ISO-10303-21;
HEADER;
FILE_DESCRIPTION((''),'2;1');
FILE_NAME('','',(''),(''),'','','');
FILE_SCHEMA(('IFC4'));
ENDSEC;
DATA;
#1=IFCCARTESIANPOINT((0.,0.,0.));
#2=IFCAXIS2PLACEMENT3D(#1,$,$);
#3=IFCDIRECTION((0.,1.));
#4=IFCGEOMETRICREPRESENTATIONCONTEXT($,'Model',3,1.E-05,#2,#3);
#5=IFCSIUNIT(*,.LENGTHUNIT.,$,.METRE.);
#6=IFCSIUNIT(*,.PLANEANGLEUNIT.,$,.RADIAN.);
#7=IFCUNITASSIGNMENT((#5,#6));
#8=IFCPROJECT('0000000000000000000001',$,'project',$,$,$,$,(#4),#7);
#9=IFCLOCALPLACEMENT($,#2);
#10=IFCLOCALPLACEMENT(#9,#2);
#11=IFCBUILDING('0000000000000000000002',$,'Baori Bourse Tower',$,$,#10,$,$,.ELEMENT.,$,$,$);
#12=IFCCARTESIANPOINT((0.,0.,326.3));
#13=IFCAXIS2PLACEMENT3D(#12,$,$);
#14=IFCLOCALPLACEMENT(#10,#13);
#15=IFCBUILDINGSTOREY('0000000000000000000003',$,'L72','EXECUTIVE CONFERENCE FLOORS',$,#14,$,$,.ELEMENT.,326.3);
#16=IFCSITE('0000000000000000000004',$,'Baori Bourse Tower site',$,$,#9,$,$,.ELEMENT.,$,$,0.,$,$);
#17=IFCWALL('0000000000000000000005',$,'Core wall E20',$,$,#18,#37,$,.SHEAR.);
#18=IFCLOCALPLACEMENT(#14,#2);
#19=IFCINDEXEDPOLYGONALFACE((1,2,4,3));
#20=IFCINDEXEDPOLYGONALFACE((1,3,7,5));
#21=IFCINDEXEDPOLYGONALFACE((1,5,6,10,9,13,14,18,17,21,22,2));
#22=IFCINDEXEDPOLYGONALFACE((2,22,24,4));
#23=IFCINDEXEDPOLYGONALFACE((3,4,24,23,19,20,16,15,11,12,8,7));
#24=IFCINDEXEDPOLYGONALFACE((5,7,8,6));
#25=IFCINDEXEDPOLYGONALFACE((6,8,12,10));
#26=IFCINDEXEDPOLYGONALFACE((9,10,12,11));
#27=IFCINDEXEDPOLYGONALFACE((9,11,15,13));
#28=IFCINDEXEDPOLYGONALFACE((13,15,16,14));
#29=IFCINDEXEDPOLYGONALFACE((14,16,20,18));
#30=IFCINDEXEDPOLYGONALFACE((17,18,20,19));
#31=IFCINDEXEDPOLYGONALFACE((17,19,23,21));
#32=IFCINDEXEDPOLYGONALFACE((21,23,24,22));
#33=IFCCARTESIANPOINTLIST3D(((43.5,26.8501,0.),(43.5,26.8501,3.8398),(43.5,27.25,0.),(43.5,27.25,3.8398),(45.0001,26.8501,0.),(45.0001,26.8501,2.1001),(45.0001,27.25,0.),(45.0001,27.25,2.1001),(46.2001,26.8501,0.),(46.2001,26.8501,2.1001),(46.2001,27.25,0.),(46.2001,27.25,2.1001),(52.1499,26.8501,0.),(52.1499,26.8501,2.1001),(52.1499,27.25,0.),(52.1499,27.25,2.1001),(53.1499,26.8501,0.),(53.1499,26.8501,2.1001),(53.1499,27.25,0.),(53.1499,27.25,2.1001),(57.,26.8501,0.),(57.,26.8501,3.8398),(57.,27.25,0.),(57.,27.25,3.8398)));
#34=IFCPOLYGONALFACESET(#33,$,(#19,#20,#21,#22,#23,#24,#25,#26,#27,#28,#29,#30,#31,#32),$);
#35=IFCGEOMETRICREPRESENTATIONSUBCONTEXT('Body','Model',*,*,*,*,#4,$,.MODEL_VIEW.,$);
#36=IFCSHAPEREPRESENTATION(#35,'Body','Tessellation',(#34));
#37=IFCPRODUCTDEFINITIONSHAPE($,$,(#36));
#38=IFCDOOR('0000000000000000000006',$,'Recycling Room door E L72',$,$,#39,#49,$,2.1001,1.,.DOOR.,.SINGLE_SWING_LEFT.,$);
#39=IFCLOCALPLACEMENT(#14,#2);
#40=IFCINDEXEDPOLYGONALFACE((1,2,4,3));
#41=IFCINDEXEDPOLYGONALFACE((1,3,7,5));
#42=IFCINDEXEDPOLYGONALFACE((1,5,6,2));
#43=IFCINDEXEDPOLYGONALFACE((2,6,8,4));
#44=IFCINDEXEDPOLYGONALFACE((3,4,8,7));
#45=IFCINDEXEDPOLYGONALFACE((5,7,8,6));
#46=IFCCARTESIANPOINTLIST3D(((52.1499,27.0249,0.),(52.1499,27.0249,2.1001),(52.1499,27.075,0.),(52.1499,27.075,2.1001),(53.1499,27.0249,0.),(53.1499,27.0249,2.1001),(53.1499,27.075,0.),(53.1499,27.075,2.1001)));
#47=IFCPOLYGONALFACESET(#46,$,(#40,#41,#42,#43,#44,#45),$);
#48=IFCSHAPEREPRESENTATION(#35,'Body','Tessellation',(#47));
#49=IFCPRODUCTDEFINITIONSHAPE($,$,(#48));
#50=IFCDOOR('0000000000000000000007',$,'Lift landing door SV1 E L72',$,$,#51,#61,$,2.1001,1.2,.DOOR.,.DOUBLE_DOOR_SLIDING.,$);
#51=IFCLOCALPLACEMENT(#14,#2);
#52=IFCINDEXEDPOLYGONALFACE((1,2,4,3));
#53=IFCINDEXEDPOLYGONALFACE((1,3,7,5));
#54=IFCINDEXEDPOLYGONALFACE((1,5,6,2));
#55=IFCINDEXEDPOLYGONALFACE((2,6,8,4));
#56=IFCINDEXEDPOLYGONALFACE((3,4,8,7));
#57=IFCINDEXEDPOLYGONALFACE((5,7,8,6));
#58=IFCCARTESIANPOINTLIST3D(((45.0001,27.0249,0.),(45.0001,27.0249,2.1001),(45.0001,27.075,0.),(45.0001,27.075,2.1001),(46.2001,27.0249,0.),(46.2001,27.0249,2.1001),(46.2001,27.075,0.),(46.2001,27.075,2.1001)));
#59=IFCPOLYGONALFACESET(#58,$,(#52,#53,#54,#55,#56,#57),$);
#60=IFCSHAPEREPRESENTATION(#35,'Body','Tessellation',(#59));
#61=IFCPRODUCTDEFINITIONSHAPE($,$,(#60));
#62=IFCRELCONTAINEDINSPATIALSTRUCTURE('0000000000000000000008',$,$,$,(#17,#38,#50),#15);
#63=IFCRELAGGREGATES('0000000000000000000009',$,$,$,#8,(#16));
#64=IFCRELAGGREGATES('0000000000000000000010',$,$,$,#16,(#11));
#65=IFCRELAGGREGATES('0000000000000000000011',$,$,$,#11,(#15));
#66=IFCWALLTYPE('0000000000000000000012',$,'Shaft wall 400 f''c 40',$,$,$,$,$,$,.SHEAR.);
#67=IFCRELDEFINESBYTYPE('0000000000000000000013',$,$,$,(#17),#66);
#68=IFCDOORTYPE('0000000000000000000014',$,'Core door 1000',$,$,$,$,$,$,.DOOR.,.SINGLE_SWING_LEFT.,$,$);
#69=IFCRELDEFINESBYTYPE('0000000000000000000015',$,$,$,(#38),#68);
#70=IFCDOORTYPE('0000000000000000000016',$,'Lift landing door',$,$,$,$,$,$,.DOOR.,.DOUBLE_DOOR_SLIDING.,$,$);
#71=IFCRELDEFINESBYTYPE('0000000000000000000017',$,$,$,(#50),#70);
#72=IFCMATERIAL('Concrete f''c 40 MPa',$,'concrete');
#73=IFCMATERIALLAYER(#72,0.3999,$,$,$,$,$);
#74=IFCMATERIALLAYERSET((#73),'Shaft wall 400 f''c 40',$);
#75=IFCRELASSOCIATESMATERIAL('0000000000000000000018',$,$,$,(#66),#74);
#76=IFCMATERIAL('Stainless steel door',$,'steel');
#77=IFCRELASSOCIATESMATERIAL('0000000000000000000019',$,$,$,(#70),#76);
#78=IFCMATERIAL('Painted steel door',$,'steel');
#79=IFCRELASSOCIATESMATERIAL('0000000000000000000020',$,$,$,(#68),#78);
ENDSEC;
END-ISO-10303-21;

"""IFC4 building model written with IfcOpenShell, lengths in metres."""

from ifc_helpers import new_model, si_unit, direction, frame, frame_2d, origin, place, context, subcontext, project, spatial, rectangle, extrude, material, layer, layer_set, type_object, element, fill, save


model = new_model("IFC4")

# Units and contexts
model_context = context("Model", 3, precision=1e-05, world=origin(), true_north=direction((0.0, 1.0)))
body_context = subcontext(model_context, "Body", "Model", "MODEL_VIEW")
ifc_project = project(units=[si_unit("LENGTHUNIT", "METRE"), si_unit("PLANEANGLEUNIT", "RADIAN")], contexts=[model_context])

# Site, building, storey
site_placement = place(None, origin())
site = spatial("IfcSite", under=ifc_project, at=site_placement, Name="Baori Bourse Tower site", CompositionType="ELEMENT", RefElevation=0.0)
building_placement = place(site_placement, origin())
building = spatial("IfcBuilding", under=site, at=building_placement, Name="Baori Bourse Tower", CompositionType="ELEMENT")
storey_placement = place(building_placement, frame((0.0, 0.0, 326.3)))
storey = spatial("IfcBuildingStorey", under=building, at=storey_placement, Name="L72", Description="EXECUTIVE CONFERENCE FLOORS", CompositionType="ELEMENT", Elevation=326.3)

# Shared definitions
ifc_material_1 = material(Name="Concrete f'c 40 MPa", Category="concrete")
ifc_layer_1 = layer(ifc_material_1, 0.3999)
ifc_layer_set_1 = layer_set([ifc_layer_1], Name="Shaft wall 400 f'c 40")
wall_type_1 = type_object("IfcWallType", Name="Shaft wall 400 f'c 40", PredefinedType="SHEAR", material=ifc_layer_set_1)
ifc_material_2 = material(Name="Stainless steel door", Category="steel")
door_type_1 = type_object("IfcDoorType", Name="Lift landing door", OperationType="DOUBLE_DOOR_SLIDING", PredefinedType="DOOR", material=ifc_material_2)

# Wall, openings, doors
wall_1_placement = place(storey_placement, frame((43.5, 27.05, 0.0), z_axis=(0.0, 0.0, 1.0), x_axis=(1.0, 0.0, 0.0)))
wall_1 = element("IfcWall", 1, at=wall_1_placement, inside=storey, type_object=wall_type_1, Name="Core wall E20", PredefinedType="SHEAR", context=body_context, shape_type="SweptSolid", body=[
    extrude(rectangle(XDim=13.5, YDim=0.3999, at=frame_2d((6.75, 0.0))), origin(), (0.0, 0.0, 1.0), 3.8398),
])
opening_1_placement = place(wall_1_placement, frame((8.6499, 0.0, 0.0)))
opening_1 = element("IfcOpeningElement", 2, at=opening_1_placement, cuts=wall_1, PredefinedType="OPENING", context=body_context, shape_type="SweptSolid", body=[
    extrude(rectangle(XDim=1.0, YDim=2.1001, at=frame_2d((0.5, 1.05))), frame((0.0, 0.21, 0.0), z_axis=(0.0, -1.0, 0.0), x_axis=(1.0, 0.0, 0.0)), (0.0, 0.0, 1.0), 0.4199),
])
opening_2_placement = place(wall_1_placement, frame((1.5, 0.0, 0.0)))
opening_2 = element("IfcOpeningElement", 3, at=opening_2_placement, cuts=wall_1, PredefinedType="OPENING", context=body_context, shape_type="SweptSolid", body=[
    extrude(rectangle(XDim=1.2, YDim=2.1001, at=frame_2d((0.6001, 1.05))), frame((0.0, 0.21, 0.0), z_axis=(0.0, -1.0, 0.0), x_axis=(1.0, 0.0, 0.0)), (0.0, 0.0, 1.0), 0.4199),
])
ifc_material_3 = material(Name="Painted steel door", Category="steel")
door_type_2 = type_object("IfcDoorType", Name="Core door 1000", OperationType="SINGLE_SWING_LEFT", PredefinedType="DOOR", material=ifc_material_3)
door_1_placement = place(opening_1_placement, origin())
door_1 = element("IfcDoor", 4, at=door_1_placement, inside=storey, type_object=door_type_2, Name="Recycling Room door E L72", OperationType="SINGLE_SWING_LEFT", OverallHeight=2.1001, OverallWidth=1.0, PredefinedType="DOOR", context=body_context, shape_type="SweptSolid", body=[
    extrude(rectangle(XDim=1.0, YDim=2.1001, at=frame_2d((0.5, 1.05))), frame((0.0, 0.0249, 0.0), z_axis=(0.0, -1.0, 0.0), x_axis=(1.0, 0.0, 0.0)), (0.0, 0.0, 1.0), 0.05),
])
fill(opening_1, door_1)
door_2_placement = place(opening_2_placement, origin())
door_2 = element("IfcDoor", 5, at=door_2_placement, inside=storey, type_object=door_type_1, Name="Lift landing door SV1 E L72", OperationType="DOUBLE_DOOR_SLIDING", OverallHeight=2.1001, OverallWidth=1.2, PredefinedType="DOOR", context=body_context, shape_type="SweptSolid", body=[
    extrude(rectangle(XDim=1.2, YDim=2.1001, at=frame_2d((0.6001, 1.05))), frame((0.0, 0.0249, 0.0), z_axis=(0.0, -1.0, 0.0), x_axis=(1.0, 0.0, 0.0)), (0.0, 0.0, 1.0), 0.05),
])
fill(opening_2, door_2)

save(model, "model.ifc")
